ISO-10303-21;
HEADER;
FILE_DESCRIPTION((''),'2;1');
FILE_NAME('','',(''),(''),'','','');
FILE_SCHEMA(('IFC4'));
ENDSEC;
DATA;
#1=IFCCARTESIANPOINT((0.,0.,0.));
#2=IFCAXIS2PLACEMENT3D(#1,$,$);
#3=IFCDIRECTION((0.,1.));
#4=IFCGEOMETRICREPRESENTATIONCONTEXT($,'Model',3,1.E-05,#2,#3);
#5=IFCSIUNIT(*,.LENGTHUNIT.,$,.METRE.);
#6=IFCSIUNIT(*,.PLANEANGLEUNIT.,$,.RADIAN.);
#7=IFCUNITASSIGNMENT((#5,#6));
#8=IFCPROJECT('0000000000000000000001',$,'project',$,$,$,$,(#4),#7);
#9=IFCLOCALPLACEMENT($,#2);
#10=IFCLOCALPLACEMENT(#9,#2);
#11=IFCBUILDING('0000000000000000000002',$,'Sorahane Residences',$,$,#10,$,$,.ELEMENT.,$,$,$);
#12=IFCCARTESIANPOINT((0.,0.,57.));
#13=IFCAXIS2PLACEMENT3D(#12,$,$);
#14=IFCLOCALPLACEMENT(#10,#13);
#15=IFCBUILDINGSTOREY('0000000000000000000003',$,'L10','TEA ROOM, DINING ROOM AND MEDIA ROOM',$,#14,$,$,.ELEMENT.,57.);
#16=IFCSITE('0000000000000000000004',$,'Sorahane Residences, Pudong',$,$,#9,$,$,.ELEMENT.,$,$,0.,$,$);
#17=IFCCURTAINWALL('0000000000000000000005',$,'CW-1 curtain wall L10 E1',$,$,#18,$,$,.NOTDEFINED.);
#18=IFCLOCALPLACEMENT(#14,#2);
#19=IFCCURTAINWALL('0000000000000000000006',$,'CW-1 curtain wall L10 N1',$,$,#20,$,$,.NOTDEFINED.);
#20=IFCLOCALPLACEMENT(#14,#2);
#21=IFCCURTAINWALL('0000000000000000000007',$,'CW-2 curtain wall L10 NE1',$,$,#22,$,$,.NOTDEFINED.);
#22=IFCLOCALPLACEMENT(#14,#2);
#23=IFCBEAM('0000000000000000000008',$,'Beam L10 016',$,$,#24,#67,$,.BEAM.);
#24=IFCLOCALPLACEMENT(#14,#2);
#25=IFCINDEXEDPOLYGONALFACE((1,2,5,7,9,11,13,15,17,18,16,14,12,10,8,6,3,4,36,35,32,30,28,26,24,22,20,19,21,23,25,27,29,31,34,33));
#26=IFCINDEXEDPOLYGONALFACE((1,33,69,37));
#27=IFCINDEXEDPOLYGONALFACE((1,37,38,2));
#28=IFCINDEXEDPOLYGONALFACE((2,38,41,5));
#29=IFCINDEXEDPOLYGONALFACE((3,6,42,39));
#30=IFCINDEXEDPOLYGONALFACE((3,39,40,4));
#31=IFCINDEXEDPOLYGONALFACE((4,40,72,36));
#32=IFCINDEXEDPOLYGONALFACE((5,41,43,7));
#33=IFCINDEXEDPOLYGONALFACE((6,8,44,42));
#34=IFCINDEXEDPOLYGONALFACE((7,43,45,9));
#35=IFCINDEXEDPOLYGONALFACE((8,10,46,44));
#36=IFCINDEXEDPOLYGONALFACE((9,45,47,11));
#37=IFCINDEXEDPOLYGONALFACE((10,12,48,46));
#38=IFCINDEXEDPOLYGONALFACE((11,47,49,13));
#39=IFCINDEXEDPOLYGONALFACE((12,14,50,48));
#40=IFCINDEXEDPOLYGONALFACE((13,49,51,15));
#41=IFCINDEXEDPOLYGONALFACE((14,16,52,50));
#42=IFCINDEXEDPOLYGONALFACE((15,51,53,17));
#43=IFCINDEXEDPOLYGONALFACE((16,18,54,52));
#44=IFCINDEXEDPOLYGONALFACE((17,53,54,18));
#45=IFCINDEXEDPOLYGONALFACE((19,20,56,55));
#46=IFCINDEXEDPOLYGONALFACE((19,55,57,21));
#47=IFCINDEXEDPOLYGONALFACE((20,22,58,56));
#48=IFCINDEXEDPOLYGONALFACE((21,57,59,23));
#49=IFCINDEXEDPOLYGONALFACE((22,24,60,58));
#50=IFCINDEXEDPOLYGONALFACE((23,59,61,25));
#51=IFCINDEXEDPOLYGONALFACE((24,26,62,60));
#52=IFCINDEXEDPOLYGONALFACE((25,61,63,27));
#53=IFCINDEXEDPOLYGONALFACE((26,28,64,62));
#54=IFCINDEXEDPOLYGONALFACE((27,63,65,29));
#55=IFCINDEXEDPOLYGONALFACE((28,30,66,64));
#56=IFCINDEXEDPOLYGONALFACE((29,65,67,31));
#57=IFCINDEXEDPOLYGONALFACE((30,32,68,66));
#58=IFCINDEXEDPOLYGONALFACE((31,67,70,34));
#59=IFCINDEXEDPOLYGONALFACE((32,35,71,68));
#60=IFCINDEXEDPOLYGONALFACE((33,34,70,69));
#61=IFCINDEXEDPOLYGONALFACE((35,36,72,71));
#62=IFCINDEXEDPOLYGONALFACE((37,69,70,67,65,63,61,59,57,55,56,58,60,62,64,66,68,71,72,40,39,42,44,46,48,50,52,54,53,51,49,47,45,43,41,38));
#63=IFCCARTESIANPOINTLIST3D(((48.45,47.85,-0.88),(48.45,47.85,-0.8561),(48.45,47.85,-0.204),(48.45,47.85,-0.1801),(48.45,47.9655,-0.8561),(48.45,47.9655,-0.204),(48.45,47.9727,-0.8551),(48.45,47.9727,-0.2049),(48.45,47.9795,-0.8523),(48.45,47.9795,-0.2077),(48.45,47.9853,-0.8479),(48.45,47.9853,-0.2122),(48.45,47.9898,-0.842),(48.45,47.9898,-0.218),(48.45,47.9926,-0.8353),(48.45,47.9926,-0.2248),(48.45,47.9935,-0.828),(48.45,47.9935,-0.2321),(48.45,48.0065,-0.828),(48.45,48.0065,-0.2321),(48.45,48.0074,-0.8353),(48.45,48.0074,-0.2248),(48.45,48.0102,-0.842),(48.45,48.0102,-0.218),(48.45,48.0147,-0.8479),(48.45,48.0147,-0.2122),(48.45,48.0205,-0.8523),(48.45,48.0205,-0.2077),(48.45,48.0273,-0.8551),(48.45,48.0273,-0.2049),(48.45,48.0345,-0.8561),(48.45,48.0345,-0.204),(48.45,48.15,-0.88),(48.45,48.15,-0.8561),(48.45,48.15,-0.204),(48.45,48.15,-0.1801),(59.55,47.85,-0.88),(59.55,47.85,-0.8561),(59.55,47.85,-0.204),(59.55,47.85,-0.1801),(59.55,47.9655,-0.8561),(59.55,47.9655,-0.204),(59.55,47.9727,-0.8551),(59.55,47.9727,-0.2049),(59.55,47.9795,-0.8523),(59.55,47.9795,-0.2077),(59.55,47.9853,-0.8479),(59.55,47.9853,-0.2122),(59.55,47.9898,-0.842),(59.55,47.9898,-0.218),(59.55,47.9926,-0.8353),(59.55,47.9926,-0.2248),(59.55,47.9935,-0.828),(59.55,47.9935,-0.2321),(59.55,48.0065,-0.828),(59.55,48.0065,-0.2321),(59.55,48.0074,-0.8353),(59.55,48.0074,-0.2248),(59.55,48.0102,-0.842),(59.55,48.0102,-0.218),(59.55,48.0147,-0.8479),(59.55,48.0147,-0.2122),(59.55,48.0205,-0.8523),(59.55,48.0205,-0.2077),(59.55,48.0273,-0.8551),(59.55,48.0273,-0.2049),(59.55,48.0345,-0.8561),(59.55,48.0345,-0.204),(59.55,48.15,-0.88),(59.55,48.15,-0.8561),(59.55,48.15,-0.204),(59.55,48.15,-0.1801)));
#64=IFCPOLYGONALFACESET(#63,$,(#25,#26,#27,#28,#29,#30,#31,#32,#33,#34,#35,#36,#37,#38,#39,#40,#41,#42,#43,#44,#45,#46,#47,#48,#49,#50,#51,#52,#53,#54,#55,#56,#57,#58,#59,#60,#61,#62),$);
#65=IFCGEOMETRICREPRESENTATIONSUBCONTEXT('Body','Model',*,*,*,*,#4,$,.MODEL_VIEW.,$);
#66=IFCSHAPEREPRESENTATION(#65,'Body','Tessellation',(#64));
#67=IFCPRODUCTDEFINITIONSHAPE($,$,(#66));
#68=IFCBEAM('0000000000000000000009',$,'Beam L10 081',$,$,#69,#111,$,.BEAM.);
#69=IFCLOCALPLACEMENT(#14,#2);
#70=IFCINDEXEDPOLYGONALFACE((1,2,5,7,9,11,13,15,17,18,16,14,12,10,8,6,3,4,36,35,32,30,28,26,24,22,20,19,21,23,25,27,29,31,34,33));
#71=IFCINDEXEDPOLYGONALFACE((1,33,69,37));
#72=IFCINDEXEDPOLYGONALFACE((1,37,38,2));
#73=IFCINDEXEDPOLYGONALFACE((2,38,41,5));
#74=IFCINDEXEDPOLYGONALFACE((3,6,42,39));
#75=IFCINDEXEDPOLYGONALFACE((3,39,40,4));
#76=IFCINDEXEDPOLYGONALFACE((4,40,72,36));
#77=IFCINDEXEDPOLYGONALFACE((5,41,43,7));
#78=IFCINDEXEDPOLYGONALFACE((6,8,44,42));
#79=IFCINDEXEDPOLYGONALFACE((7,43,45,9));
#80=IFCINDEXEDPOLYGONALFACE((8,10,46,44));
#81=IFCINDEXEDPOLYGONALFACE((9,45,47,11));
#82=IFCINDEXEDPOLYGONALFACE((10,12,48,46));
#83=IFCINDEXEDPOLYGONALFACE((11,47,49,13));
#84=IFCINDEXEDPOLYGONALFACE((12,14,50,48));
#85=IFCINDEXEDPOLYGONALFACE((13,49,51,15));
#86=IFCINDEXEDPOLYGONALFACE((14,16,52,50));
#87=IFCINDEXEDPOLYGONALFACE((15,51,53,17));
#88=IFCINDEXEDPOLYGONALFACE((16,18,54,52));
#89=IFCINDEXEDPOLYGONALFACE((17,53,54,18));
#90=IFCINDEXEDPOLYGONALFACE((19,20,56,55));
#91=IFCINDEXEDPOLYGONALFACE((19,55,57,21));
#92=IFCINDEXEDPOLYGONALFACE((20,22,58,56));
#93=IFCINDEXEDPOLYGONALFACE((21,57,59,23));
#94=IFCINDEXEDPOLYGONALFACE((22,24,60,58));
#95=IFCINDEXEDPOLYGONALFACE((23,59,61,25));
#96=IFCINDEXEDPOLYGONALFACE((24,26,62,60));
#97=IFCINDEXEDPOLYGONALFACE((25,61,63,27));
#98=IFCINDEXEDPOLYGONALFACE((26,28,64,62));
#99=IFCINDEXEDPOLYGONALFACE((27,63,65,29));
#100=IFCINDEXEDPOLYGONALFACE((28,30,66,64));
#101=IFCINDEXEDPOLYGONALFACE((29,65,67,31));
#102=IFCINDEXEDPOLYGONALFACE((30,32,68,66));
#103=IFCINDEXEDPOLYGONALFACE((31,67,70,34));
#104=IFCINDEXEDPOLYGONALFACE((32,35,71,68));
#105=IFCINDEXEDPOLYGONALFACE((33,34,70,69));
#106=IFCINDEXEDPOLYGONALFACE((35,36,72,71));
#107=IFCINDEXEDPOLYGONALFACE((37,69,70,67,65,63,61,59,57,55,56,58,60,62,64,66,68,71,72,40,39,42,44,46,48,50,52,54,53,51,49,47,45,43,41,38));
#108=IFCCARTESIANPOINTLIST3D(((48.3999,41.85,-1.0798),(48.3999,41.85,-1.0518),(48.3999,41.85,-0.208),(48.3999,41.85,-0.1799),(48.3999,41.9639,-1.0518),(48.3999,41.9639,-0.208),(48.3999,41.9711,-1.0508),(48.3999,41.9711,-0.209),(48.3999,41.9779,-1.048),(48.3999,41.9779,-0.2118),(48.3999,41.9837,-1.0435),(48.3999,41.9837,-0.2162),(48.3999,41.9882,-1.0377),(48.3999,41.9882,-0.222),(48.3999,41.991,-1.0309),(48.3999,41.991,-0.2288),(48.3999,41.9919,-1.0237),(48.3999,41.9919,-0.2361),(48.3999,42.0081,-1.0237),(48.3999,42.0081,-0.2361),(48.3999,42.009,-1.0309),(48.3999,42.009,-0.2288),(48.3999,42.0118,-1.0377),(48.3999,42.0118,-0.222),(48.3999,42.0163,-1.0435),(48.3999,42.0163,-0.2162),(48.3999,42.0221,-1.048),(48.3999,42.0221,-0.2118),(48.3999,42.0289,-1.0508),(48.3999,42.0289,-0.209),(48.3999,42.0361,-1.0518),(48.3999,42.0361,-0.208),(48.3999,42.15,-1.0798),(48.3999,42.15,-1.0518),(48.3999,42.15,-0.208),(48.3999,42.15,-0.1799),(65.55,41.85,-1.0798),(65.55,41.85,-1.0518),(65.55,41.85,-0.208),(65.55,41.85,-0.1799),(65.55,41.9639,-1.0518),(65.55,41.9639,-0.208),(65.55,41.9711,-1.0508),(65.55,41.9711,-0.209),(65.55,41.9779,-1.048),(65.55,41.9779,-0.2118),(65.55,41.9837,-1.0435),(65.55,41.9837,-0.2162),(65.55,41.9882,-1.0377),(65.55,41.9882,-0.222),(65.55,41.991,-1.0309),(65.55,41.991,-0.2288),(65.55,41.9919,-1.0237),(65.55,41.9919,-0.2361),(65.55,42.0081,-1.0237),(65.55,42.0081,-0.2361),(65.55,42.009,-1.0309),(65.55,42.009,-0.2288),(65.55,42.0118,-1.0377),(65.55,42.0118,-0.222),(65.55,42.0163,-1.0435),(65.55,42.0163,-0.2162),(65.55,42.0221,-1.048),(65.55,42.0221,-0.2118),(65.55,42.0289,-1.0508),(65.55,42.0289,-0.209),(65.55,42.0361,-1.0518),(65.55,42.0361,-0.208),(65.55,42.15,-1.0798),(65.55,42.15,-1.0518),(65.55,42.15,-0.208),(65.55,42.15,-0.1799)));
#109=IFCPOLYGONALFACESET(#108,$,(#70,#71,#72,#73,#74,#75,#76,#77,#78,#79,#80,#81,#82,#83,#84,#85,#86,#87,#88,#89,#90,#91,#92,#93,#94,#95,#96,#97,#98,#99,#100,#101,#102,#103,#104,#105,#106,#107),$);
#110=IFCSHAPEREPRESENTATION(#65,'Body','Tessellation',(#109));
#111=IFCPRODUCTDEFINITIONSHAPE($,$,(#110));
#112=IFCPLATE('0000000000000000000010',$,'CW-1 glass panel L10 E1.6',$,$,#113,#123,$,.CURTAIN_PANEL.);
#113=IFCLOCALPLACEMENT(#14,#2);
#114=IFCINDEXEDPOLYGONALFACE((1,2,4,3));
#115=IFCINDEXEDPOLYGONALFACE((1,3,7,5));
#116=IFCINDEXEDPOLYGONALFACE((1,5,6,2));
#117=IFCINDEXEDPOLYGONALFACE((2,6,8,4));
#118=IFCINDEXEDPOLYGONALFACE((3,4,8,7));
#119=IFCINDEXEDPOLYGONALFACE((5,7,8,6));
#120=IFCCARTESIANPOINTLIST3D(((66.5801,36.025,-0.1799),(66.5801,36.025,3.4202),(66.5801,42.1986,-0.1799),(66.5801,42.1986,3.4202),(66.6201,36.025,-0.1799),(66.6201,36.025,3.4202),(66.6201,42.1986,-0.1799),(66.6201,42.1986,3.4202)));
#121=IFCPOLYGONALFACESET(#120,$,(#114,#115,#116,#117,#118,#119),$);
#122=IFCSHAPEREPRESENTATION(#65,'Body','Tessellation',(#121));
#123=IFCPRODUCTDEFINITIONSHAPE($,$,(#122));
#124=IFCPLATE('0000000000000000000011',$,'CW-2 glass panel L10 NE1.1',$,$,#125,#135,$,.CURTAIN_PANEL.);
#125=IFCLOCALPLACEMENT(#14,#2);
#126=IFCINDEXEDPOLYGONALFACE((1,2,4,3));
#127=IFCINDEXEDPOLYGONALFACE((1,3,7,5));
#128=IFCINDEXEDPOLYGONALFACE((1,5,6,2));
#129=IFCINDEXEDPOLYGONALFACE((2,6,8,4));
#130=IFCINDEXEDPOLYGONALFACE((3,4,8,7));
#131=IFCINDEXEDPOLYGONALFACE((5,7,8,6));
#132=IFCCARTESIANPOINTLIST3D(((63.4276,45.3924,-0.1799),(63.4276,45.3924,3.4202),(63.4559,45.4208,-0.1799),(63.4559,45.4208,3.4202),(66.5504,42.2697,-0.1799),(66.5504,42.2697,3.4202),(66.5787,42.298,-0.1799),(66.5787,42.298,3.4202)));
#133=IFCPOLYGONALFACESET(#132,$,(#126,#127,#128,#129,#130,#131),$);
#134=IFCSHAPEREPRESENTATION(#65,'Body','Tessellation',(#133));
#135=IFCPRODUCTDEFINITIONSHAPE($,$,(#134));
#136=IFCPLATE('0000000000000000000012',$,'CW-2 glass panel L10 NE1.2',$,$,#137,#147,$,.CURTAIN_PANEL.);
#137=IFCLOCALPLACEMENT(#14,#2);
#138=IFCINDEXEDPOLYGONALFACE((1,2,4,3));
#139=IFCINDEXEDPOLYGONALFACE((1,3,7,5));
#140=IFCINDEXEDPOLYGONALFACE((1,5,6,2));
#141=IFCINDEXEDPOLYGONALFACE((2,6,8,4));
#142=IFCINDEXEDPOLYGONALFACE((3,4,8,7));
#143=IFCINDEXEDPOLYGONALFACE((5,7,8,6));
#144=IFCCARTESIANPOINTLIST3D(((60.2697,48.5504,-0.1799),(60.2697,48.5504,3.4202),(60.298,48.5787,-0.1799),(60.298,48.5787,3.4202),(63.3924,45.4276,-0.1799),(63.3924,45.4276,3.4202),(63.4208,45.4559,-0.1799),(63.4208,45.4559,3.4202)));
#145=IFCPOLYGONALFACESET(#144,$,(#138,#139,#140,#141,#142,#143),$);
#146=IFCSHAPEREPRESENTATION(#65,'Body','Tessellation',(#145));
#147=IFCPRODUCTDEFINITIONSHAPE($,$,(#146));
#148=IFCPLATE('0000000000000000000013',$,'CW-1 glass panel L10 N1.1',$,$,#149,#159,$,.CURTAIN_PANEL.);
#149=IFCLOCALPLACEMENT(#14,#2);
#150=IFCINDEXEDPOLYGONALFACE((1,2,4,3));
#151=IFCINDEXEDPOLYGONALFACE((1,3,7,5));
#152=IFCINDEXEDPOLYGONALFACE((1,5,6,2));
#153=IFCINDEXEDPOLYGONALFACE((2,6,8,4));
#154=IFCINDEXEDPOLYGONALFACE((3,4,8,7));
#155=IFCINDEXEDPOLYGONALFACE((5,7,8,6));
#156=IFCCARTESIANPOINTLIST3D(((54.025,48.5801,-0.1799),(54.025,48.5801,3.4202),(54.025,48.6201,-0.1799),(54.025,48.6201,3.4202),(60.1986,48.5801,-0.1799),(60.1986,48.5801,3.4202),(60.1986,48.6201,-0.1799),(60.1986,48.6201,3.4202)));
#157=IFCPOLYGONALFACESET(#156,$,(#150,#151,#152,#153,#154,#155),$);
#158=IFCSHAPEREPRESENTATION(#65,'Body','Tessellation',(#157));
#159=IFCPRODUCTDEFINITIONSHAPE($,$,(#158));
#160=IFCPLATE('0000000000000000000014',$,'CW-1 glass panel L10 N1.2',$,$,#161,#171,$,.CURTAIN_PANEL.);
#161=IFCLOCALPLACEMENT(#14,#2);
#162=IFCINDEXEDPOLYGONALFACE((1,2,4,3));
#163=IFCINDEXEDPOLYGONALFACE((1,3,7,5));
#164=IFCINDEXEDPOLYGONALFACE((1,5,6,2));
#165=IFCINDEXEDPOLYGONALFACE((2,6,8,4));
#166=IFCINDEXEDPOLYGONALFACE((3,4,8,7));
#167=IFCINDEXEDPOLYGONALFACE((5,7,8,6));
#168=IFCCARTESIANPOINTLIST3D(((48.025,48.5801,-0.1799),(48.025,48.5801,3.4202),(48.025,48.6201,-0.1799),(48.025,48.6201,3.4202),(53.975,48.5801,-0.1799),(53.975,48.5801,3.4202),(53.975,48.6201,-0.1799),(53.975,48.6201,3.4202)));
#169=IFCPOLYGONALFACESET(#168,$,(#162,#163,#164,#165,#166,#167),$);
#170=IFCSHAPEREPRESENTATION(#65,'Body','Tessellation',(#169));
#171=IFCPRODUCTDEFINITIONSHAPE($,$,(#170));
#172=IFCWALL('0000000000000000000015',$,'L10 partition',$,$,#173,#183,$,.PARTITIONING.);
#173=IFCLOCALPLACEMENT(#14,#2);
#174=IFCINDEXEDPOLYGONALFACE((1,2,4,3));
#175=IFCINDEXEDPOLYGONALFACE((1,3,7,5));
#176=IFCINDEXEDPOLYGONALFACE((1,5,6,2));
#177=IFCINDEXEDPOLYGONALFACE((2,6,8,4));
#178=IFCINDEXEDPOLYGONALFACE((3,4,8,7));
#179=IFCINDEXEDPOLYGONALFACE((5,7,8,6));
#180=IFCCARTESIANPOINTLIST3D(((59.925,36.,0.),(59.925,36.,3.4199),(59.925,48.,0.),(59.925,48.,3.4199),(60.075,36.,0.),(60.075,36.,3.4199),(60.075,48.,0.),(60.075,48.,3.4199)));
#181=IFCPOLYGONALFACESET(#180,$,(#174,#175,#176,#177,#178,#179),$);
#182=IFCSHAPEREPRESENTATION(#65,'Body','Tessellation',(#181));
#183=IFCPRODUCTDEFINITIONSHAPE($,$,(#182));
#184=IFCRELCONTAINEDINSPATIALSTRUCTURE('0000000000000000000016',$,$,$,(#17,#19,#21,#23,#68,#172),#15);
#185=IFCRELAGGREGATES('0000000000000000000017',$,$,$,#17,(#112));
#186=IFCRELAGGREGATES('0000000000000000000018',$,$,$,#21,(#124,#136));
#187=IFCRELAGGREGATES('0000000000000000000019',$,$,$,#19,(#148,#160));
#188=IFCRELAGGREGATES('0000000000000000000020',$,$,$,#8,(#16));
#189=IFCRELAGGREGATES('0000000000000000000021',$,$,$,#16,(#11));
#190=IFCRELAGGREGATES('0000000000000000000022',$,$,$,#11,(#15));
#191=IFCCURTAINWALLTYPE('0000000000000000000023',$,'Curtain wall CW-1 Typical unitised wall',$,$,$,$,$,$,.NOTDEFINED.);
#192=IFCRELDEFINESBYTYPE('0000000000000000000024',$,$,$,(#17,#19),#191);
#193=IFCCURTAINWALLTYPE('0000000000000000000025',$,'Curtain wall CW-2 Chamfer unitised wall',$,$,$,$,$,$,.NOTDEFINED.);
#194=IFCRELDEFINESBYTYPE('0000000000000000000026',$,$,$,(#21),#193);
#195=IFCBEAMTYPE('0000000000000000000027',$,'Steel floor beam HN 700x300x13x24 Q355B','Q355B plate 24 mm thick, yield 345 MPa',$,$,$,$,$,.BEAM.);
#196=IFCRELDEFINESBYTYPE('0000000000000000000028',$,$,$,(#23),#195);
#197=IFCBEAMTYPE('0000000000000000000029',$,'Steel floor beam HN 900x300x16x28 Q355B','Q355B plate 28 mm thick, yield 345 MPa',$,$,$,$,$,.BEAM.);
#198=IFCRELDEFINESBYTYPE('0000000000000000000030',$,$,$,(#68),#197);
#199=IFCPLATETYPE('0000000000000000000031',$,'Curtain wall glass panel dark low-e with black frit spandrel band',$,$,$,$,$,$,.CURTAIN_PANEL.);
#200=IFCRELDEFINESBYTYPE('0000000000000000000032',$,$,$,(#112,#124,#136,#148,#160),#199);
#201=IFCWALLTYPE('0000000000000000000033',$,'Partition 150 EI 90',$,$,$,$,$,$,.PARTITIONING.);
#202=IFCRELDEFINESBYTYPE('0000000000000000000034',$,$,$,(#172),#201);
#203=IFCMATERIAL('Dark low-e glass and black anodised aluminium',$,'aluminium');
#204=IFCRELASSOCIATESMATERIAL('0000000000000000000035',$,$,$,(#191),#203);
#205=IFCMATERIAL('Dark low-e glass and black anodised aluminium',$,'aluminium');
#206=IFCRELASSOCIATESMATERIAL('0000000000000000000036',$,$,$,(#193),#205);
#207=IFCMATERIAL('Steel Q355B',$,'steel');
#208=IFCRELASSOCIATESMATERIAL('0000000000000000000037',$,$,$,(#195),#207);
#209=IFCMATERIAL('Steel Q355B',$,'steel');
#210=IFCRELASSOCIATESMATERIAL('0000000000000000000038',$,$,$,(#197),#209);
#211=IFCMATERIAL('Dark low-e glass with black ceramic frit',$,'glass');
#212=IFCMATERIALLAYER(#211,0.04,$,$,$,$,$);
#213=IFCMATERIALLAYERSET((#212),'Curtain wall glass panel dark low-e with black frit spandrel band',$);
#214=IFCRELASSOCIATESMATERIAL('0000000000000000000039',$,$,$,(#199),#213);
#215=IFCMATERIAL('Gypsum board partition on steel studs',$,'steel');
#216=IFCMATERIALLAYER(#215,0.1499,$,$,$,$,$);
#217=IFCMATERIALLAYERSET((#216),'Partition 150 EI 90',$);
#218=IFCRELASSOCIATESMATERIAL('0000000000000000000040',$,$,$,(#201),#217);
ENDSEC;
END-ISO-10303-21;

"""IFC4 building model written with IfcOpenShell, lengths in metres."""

from ifc_helpers import new_model, si_unit, direction, frame, frame_2d, origin, origin_2d, place, context, subcontext, project, spatial, rectangle, i_section, extrude, material, layer, layer_set, material_profile, profile_set, type_object, element, aggregate, save


model = new_model("IFC4")

# Units and contexts
model_context = context("Model", 3, precision=1e-05, world=origin(), true_north=direction((0.0, 1.0)))
body_context = subcontext(model_context, "Body", "Model", "MODEL_VIEW")
ifc_project = project(units=[si_unit("LENGTHUNIT", "METRE"), si_unit("PLANEANGLEUNIT", "RADIAN")], contexts=[model_context])

# Site, building, storey
site_placement = place(None, origin())
site = spatial("IfcSite", under=ifc_project, at=site_placement, Name="Sorahane Residences, Pudong", CompositionType="ELEMENT", RefElevation=0.0)
building_placement = place(site_placement, origin())
building = spatial("IfcBuilding", under=site, at=building_placement, Name="Sorahane Residences", CompositionType="ELEMENT")
storey_placement = place(building_placement, frame((0.0, 0.0, 57.0)))
storey = spatial("IfcBuildingStorey", under=building, at=storey_placement, Name="L10", Description="TEA ROOM, DINING ROOM AND MEDIA ROOM", CompositionType="ELEMENT", Elevation=57.0)

# Curtain walls
ifc_material_1 = material(Name="Dark low-e glass and black anodised aluminium", Category="aluminium")
curtain_wall_type_1 = type_object("IfcCurtainWallType", Name="Curtain wall CW-1 Typical unitised wall", PredefinedType="NOTDEFINED", material=ifc_material_1)
curtain_wall_1_placement = place(storey_placement, origin())
curtain_wall_1 = element("IfcCurtainWall", 1, at=curtain_wall_1_placement, inside=storey, type_object=curtain_wall_type_1, Name="CW-1 curtain wall L10 E1", PredefinedType="NOTDEFINED")
curtain_wall_2_placement = place(storey_placement, origin())
curtain_wall_2 = element("IfcCurtainWall", 2, at=curtain_wall_2_placement, inside=storey, type_object=curtain_wall_type_1, Name="CW-1 curtain wall L10 N1", PredefinedType="NOTDEFINED")
ifc_material_2 = material(Name="Dark low-e glass and black anodised aluminium", Category="aluminium")
curtain_wall_type_2 = type_object("IfcCurtainWallType", Name="Curtain wall CW-2 Chamfer unitised wall", PredefinedType="NOTDEFINED", material=ifc_material_2)
curtain_wall_3_placement = place(storey_placement, origin())
curtain_wall_3 = element("IfcCurtainWall", 3, at=curtain_wall_3_placement, inside=storey, type_object=curtain_wall_type_2, Name="CW-2 curtain wall L10 NE1", PredefinedType="NOTDEFINED")

# Beams
ifc_material_3 = material(Name="Steel Q355B", Category="steel")
ifc_material_profile_1 = material_profile(ifc_material_3, i_section(OverallWidth=0.3, OverallDepth=0.7, WebThickness=0.0129, FlangeThickness=0.0239, FilletRadius=0.0281, at=origin_2d()), Name="HN 700x300x13x24")
ifc_profile_set_1 = profile_set([ifc_material_profile_1], Name="Steel Q355B")
beam_type_1 = type_object("IfcBeamType", Name="Steel floor beam HN 700x300x13x24 Q355B", Description="Q355B plate 24 mm thick, yield 345 MPa", PredefinedType="BEAM", material=ifc_profile_set_1)
beam_1_placement = place(storey_placement, frame((48.45, 48.0, -0.53), z_axis=(1.0, 0.0, 0.0), x_axis=(0.0, 1.0, 0.0)))
element("IfcBeam", 4, at=beam_1_placement, inside=storey, type_object=beam_type_1, Name="Beam L10 016", PredefinedType="BEAM", context=body_context, shape_type="SweptSolid", body=[
    extrude(i_section(OverallWidth=0.3, OverallDepth=0.7, WebThickness=0.0129, FlangeThickness=0.0239, FilletRadius=0.0281, at=origin_2d()), origin(), (0.0, 0.0, 1.0), 11.1001),
])
ifc_material_4 = material(Name="Steel Q355B", Category="steel")
ifc_material_profile_2 = material_profile(ifc_material_4, i_section(OverallWidth=0.3, OverallDepth=0.8999, WebThickness=0.0161, FlangeThickness=0.0281, FilletRadius=0.0281, at=origin_2d()), Name="HN 900x300x16x28")
ifc_profile_set_2 = profile_set([ifc_material_profile_2], Name="Steel Q355B")
beam_type_2 = type_object("IfcBeamType", Name="Steel floor beam HN 900x300x16x28 Q355B", Description="Q355B plate 28 mm thick, yield 345 MPa", PredefinedType="BEAM", material=ifc_profile_set_2)
beam_2_placement = place(storey_placement, frame((48.3999, 42.0, -0.6299), z_axis=(1.0, 0.0, 0.0), x_axis=(0.0, 1.0, 0.0)))
element("IfcBeam", 5, at=beam_2_placement, inside=storey, type_object=beam_type_2, Name="Beam L10 081", PredefinedType="BEAM", context=body_context, shape_type="SweptSolid", body=[
    extrude(i_section(OverallWidth=0.3, OverallDepth=0.8999, WebThickness=0.0161, FlangeThickness=0.0281, FilletRadius=0.0281, at=origin_2d()), origin(), (0.0, 0.0, 1.0), 17.1501),
])

# Plates
ifc_material_5 = material(Name="Dark low-e glass with black ceramic frit", Category="glass")
ifc_layer_1 = layer(ifc_material_5, 0.04)
ifc_layer_set_1 = layer_set([ifc_layer_1], Name="Curtain wall glass panel dark low-e with black frit spandrel band")
plate_type = type_object("IfcPlateType", Name="Curtain wall glass panel dark low-e with black frit spandrel band", PredefinedType="CURTAIN_PANEL", material=ifc_layer_set_1)
plate_1_placement = place(storey_placement, frame((66.6001, 39.1118, -0.1799), z_axis=(0.0, 0.0, 1.0), x_axis=(0.0, 1.0, 0.0)))
plate_1 = element("IfcPlate", 6, at=plate_1_placement, type_object=plate_type, Name="CW-1 glass panel L10 E1.6", PredefinedType="CURTAIN_PANEL", context=body_context, shape_type="SweptSolid", body=[
    extrude(rectangle(XDim=6.1736, YDim=0.04, at=origin_2d()), origin(), (0.0, 0.0, 1.0), 3.6001),
])
aggregate(curtain_wall_1, [plate_1])
plate_2_placement = place(storey_placement, frame((65.0032, 43.8452, -0.1799), z_axis=(0.0, 0.0, 1.0), x_axis=(-0.707107, 0.707107, 0.0)))
plate_2 = element("IfcPlate", 7, at=plate_2_placement, type_object=plate_type, Name="CW-2 glass panel L10 NE1.1", PredefinedType="CURTAIN_PANEL", context=body_context, shape_type="SweptSolid", body=[
    extrude(rectangle(XDim=4.4163, YDim=0.04, at=origin_2d()), origin(), (0.0, 0.0, 1.0), 3.6001),
])
plate_3_placement = place(storey_placement, frame((61.8452, 47.0032, -0.1799), z_axis=(0.0, 0.0, 1.0), x_axis=(-0.707107, 0.707107, 0.0)))
plate_3 = element("IfcPlate", 8, at=plate_3_placement, type_object=plate_type, Name="CW-2 glass panel L10 NE1.2", PredefinedType="CURTAIN_PANEL", context=body_context, shape_type="SweptSolid", body=[
    extrude(rectangle(XDim=4.4163, YDim=0.04, at=origin_2d()), origin(), (0.0, 0.0, 1.0), 3.6001),
])
aggregate(curtain_wall_3, [plate_2, plate_3])
plate_4_placement = place(storey_placement, frame((57.1118, 48.6001, -0.1799), z_axis=(0.0, 0.0, 1.0), x_axis=(-1.0, 0.0, 0.0)))
plate_4 = element("IfcPlate", 9, at=plate_4_placement, type_object=plate_type, Name="CW-1 glass panel L10 N1.1", PredefinedType="CURTAIN_PANEL", context=body_context, shape_type="SweptSolid", body=[
    extrude(rectangle(XDim=6.1736, YDim=0.04, at=origin_2d()), origin(), (0.0, 0.0, 1.0), 3.6001),
])
plate_5_placement = place(storey_placement, frame((51.0, 48.6001, -0.1799), z_axis=(0.0, 0.0, 1.0), x_axis=(-1.0, 0.0, 0.0)))
plate_5 = element("IfcPlate", 10, at=plate_5_placement, type_object=plate_type, Name="CW-1 glass panel L10 N1.2", PredefinedType="CURTAIN_PANEL", context=body_context, shape_type="SweptSolid", body=[
    extrude(rectangle(XDim=5.95, YDim=0.04, at=origin_2d()), origin(), (0.0, 0.0, 1.0), 3.6001),
])
aggregate(curtain_wall_2, [plate_4, plate_5])

# Wall
ifc_material_6 = material(Name="Gypsum board partition on steel studs", Category="steel")
ifc_layer_2 = layer(ifc_material_6, 0.1499)
ifc_layer_set_2 = layer_set([ifc_layer_2], Name="Partition 150 EI 90")
wall_type = type_object("IfcWallType", Name="Partition 150 EI 90", PredefinedType="PARTITIONING", material=ifc_layer_set_2)
wall_placement = place(storey_placement, frame((60.0, 36.0, 0.0), z_axis=(0.0, 0.0, 1.0), x_axis=(0.0, 1.0, 0.0)))
element("IfcWall", 11, at=wall_placement, inside=storey, type_object=wall_type, Name="L10 partition", PredefinedType="PARTITIONING", context=body_context, shape_type="SweptSolid", body=[
    extrude(rectangle(XDim=12.0, YDim=0.1499, at=frame_2d((6.0, 0.0))), origin(), (0.0, 0.0, 1.0), 3.4199),
])

save(model, "model.ifc")
